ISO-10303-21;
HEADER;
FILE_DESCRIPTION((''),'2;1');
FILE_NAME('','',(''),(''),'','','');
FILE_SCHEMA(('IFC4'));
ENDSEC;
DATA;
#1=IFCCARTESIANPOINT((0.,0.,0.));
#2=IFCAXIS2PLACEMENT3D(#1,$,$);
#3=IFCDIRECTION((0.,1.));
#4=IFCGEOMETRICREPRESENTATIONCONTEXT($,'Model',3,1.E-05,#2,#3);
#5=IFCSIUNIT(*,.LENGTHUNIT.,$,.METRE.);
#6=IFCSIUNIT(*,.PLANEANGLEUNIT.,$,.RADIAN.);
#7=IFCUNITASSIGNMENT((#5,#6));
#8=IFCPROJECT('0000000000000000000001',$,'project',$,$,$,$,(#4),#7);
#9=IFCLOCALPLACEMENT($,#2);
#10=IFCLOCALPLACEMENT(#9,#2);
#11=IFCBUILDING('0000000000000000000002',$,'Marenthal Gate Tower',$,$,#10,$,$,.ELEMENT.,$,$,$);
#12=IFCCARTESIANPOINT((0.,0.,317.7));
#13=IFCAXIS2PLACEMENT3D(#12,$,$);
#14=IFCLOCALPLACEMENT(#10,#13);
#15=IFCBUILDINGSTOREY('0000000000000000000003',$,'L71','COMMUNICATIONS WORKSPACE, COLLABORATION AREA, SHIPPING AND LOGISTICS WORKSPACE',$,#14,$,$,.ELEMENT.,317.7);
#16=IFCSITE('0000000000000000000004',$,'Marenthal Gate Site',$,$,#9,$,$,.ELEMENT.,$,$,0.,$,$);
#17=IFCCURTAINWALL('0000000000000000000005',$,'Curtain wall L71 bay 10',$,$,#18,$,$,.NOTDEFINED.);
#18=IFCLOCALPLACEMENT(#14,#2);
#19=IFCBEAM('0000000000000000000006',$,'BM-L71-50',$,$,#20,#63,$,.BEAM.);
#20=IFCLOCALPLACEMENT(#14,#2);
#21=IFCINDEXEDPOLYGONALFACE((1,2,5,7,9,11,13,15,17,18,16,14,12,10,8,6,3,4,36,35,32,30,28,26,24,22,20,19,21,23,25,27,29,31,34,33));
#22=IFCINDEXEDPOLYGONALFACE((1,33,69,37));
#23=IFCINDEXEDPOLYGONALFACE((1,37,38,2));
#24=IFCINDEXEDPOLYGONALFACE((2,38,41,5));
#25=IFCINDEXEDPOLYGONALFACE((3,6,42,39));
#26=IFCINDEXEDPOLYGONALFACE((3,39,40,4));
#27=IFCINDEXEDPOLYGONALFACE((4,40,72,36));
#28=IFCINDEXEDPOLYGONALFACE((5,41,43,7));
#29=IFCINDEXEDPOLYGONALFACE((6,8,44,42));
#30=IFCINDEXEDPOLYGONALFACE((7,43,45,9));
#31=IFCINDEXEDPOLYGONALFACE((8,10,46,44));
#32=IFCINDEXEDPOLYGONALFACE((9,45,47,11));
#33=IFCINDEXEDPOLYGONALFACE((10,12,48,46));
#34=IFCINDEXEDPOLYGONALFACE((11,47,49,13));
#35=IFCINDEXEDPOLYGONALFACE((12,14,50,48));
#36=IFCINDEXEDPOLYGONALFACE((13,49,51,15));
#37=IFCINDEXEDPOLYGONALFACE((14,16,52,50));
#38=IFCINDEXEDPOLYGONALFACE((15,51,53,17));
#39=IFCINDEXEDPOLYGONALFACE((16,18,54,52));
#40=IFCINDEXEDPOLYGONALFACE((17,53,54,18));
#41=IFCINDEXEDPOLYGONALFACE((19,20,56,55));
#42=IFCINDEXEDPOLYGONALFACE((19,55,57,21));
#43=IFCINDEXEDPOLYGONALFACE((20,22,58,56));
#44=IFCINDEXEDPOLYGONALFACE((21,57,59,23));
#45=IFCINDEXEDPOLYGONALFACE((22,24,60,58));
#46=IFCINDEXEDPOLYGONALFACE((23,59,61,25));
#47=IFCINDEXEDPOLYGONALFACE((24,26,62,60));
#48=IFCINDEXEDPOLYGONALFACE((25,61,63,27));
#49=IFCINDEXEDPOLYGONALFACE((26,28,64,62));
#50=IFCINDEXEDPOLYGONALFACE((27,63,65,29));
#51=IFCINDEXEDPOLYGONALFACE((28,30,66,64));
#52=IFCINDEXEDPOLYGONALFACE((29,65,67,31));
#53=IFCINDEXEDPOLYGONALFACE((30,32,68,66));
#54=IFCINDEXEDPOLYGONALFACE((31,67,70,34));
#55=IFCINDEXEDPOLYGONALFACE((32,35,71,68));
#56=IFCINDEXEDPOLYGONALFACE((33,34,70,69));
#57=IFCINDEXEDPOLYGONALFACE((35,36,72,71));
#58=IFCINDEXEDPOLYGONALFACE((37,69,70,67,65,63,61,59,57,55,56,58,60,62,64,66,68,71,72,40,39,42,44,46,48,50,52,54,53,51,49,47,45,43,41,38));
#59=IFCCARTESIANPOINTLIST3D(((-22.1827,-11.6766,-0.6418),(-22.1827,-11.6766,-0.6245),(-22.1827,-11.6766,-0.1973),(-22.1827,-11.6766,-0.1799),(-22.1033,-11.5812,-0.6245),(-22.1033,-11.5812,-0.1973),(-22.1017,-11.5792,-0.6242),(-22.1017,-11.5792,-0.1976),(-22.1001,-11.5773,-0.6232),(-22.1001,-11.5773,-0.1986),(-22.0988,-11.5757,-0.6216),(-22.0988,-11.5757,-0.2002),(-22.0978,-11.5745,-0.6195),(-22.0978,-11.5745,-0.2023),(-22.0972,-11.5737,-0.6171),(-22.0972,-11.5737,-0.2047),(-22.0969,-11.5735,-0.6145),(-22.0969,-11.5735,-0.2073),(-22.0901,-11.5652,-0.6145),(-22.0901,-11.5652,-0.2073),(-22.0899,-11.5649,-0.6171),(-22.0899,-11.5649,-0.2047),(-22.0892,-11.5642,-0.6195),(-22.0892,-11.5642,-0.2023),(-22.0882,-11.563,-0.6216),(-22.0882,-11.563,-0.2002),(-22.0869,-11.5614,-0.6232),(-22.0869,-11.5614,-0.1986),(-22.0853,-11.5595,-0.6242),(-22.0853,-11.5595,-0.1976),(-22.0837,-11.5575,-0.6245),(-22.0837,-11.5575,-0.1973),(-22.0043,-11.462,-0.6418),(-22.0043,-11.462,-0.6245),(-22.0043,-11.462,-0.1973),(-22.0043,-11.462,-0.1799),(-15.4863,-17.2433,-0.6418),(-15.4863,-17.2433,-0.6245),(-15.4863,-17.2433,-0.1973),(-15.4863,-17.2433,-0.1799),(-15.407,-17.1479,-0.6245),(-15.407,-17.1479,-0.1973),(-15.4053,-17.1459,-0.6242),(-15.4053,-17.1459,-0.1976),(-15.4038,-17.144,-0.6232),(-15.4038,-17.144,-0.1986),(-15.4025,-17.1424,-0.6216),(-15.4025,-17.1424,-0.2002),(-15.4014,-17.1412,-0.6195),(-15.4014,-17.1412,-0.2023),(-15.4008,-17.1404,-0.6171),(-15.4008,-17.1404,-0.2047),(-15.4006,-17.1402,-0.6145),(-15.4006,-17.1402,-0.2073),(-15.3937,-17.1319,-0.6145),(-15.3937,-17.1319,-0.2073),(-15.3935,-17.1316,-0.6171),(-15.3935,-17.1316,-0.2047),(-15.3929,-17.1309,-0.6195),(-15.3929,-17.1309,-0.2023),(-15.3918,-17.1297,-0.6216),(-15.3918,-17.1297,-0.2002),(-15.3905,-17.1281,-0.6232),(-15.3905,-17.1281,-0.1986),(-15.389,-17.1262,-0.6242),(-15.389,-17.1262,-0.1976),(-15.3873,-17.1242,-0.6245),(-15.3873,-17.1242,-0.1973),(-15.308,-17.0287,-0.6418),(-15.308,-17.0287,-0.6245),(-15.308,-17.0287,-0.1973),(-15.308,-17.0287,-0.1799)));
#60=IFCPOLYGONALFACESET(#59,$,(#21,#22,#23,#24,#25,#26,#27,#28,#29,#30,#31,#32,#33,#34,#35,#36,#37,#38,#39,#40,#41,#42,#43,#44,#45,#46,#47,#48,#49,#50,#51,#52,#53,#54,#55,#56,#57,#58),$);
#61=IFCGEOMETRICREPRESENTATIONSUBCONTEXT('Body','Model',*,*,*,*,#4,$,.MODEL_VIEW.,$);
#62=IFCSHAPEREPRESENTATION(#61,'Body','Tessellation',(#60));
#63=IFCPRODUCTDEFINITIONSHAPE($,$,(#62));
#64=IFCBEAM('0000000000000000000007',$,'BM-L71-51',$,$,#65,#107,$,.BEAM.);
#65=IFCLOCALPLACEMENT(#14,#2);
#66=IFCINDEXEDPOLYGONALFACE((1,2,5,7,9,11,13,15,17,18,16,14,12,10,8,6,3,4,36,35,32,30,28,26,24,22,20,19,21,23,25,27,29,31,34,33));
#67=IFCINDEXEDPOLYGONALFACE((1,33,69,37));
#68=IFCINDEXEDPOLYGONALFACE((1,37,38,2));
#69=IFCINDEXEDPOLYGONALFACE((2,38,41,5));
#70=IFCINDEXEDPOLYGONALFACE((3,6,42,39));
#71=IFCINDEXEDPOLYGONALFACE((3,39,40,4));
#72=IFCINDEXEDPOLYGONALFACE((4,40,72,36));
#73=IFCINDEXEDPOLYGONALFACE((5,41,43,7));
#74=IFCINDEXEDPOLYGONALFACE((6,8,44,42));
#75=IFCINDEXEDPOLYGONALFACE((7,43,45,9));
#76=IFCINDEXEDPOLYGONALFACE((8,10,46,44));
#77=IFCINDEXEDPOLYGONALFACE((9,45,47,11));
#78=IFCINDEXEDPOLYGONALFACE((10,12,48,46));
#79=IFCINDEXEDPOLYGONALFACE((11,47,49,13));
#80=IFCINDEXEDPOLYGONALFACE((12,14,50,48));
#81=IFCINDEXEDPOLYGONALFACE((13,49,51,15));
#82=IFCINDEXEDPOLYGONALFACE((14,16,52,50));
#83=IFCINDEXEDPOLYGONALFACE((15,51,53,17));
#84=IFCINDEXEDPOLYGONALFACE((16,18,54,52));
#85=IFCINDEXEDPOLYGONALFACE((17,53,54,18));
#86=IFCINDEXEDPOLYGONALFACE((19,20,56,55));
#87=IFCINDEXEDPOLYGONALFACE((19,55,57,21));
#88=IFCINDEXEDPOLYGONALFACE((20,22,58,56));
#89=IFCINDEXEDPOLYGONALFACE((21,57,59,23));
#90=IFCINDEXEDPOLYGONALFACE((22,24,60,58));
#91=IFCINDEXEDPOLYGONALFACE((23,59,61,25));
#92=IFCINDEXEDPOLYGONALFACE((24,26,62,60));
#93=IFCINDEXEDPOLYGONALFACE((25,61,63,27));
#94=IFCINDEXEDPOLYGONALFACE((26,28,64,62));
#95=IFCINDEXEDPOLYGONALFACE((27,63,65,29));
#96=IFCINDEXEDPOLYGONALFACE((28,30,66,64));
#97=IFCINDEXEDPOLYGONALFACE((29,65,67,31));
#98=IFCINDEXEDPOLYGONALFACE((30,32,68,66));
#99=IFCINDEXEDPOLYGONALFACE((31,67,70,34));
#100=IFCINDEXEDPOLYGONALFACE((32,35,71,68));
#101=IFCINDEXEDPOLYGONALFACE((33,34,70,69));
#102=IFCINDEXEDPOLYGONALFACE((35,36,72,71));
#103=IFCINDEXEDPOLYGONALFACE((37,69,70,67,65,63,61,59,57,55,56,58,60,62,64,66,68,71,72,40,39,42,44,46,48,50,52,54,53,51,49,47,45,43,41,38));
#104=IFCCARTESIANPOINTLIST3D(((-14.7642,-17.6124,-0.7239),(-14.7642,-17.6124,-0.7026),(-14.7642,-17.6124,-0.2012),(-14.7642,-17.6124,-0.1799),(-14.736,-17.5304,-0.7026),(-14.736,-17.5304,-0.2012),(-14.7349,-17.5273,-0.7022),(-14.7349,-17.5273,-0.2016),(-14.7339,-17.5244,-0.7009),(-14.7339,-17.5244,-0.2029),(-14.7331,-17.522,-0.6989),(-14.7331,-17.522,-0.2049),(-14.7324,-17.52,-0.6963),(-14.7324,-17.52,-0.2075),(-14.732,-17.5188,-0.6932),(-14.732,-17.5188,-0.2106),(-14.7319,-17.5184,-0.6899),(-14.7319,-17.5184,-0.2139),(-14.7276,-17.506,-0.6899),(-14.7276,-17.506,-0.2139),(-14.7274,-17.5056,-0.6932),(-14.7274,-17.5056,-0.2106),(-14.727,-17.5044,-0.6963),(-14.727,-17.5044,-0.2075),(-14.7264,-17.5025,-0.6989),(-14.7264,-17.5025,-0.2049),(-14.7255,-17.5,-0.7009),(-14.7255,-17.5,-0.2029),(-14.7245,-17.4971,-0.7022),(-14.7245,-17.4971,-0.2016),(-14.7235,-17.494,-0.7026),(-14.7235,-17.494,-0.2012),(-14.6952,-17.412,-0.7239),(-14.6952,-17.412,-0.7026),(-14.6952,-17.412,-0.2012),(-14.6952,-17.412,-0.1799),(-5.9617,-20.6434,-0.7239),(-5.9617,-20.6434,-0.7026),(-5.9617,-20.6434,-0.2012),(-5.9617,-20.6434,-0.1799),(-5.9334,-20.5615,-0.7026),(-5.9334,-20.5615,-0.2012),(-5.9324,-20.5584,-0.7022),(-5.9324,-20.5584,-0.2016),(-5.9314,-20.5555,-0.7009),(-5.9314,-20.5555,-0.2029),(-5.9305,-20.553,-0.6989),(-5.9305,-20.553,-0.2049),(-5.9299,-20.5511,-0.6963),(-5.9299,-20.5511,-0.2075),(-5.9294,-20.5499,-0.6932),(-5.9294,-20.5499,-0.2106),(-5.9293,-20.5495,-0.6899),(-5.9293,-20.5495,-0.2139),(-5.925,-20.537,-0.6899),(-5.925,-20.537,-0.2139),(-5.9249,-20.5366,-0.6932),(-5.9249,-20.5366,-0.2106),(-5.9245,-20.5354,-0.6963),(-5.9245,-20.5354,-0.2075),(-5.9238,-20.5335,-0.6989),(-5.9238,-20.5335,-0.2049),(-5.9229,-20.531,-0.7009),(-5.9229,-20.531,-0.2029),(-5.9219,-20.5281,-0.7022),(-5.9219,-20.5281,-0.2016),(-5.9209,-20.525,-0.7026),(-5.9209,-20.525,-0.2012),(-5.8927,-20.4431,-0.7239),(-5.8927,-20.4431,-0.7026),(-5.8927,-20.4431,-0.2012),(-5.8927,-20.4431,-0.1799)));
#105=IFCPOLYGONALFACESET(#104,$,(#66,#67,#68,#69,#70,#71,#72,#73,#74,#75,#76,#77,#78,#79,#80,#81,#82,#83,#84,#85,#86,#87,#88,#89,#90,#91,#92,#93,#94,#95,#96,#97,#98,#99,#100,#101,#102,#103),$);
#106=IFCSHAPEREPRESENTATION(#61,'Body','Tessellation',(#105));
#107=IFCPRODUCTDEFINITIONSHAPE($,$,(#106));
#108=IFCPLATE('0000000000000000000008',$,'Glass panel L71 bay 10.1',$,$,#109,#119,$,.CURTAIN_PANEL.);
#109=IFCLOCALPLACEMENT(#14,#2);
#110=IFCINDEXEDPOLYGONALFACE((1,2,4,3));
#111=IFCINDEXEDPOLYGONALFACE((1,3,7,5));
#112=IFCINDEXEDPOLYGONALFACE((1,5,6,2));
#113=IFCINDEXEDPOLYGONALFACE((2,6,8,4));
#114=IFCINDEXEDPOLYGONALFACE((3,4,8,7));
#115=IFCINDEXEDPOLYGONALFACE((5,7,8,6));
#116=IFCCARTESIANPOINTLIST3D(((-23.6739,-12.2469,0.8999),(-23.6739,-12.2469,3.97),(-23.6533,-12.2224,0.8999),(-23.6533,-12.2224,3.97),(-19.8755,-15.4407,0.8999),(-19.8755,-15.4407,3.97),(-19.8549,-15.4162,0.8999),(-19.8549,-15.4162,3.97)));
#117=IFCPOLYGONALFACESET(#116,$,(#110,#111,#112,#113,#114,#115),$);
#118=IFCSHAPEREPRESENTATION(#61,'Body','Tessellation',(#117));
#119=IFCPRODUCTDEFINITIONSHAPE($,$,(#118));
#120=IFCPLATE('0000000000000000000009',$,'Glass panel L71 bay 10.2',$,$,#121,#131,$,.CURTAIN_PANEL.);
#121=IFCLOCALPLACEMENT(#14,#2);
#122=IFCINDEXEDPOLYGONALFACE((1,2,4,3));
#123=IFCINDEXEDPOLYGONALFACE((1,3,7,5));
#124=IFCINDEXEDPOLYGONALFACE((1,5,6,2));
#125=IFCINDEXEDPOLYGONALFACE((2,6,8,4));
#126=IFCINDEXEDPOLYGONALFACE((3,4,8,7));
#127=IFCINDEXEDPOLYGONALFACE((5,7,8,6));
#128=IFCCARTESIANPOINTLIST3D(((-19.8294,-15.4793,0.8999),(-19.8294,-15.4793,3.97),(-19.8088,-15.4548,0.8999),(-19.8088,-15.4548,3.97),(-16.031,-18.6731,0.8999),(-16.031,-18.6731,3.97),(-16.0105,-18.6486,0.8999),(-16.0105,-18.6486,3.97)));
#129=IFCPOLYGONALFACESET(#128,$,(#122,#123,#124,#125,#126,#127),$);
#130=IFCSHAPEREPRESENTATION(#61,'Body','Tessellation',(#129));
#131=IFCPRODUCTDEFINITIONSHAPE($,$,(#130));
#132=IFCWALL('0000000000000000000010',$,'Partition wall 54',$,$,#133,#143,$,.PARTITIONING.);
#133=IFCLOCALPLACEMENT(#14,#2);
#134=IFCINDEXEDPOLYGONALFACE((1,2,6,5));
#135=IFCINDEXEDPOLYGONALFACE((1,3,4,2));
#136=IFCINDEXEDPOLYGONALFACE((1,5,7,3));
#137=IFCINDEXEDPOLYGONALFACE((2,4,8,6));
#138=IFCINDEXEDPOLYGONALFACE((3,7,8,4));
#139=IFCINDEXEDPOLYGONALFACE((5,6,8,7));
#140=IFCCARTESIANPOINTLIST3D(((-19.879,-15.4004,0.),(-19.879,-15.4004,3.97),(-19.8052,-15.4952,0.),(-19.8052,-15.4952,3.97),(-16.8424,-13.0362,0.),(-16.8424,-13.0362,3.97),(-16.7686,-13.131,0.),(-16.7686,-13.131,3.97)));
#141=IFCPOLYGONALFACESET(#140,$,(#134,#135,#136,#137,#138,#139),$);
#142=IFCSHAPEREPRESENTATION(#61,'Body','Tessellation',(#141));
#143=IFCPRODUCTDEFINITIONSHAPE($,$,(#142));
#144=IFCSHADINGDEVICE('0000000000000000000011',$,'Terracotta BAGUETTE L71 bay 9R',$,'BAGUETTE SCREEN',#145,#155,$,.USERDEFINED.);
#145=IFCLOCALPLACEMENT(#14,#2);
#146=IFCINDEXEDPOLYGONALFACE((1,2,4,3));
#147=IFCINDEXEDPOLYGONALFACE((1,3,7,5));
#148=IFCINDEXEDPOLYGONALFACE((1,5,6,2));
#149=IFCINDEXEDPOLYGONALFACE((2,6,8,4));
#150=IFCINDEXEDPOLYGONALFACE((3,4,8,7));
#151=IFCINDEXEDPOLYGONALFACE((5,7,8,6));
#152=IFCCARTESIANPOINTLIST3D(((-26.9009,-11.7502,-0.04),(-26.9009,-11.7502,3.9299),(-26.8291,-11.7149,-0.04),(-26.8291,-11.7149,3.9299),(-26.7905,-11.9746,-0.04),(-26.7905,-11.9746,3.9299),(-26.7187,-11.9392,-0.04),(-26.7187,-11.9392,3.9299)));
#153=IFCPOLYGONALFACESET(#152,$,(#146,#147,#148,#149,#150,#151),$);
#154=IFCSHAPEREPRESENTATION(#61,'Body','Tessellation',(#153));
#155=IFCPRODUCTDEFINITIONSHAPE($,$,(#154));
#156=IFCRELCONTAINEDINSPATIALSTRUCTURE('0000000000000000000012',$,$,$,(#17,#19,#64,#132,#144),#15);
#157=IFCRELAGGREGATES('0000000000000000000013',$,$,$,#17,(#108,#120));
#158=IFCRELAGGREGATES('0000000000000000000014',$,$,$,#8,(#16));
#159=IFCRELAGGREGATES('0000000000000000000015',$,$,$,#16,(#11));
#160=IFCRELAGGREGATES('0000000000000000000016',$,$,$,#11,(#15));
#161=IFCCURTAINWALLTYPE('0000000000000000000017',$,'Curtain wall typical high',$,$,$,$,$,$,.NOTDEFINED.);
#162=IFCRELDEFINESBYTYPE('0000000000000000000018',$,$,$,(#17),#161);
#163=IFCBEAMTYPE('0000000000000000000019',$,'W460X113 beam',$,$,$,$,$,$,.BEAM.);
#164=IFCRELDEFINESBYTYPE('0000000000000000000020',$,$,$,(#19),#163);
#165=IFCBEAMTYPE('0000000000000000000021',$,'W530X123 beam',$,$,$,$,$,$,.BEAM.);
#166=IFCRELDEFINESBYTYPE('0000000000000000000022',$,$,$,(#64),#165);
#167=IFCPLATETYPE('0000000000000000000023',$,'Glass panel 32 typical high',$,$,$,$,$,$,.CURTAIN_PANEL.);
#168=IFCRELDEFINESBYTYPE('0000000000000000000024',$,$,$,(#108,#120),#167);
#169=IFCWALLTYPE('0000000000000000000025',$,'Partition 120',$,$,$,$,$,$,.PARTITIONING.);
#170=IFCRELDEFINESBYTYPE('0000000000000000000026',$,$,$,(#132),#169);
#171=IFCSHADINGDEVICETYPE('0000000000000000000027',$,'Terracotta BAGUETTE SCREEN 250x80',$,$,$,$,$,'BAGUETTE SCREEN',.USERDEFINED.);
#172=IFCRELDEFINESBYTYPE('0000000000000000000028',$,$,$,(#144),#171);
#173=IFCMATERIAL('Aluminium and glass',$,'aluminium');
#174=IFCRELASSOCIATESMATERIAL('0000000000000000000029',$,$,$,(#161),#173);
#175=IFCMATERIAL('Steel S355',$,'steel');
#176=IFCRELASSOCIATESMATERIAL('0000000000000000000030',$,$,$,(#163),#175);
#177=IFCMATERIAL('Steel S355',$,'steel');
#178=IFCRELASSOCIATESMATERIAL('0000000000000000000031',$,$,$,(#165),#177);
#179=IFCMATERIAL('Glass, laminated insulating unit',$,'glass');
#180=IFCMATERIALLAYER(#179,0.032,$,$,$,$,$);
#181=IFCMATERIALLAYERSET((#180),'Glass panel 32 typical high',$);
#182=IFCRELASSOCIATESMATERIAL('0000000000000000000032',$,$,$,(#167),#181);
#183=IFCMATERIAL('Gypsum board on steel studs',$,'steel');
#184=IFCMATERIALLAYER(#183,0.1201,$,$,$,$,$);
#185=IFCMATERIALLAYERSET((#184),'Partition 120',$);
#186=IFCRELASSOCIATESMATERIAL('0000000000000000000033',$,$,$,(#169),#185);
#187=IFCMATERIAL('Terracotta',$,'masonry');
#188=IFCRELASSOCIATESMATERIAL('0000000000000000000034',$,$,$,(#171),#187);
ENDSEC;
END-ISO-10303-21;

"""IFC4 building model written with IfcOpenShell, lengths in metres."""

from ifc_helpers import new_model, si_unit, direction, frame, frame_2d, origin, origin_2d, place, context, subcontext, project, spatial, rectangle, i_section, extrude, material, layer, layer_set, material_profile, profile_set, type_object, element, aggregate, save


model = new_model("IFC4")

# Units and contexts
model_context = context("Model", 3, precision=1e-05, world=origin(), true_north=direction((0.0, 1.0)))
body_context = subcontext(model_context, "Body", "Model", "MODEL_VIEW")
ifc_project = project(units=[si_unit("LENGTHUNIT", "METRE"), si_unit("PLANEANGLEUNIT", "RADIAN")], contexts=[model_context])

# Site, building, storey
site_placement = place(None, origin())
site = spatial("IfcSite", under=ifc_project, at=site_placement, Name="Marenthal Gate Site", CompositionType="ELEMENT", RefElevation=0.0)
building_placement = place(site_placement, origin())
building = spatial("IfcBuilding", under=site, at=building_placement, Name="Marenthal Gate Tower", CompositionType="ELEMENT")
storey_placement = place(building_placement, frame((0.0, 0.0, 317.7)))
storey = spatial("IfcBuildingStorey", under=building, at=storey_placement, Name="L71", Description="COMMUNICATIONS WORKSPACE, COLLABORATION AREA, SHIPPING AND LOGISTICS WORKSPACE", CompositionType="ELEMENT", Elevation=317.7)

# Curtain wall
ifc_material_1 = material(Name="Aluminium and glass", Category="aluminium")
curtain_wall_type = type_object("IfcCurtainWallType", Name="Curtain wall typical high", PredefinedType="NOTDEFINED", material=ifc_material_1)
curtain_wall_placement = place(storey_placement, origin())
curtain_wall = element("IfcCurtainWall", 1, at=curtain_wall_placement, inside=storey, type_object=curtain_wall_type, Name="Curtain wall L71 bay 10", PredefinedType="NOTDEFINED")

# Beams
ifc_material_2 = material(Name="Steel S355", Category="steel")
ifc_material_profile_1 = material_profile(ifc_material_2, i_section(OverallWidth=0.2791, OverallDepth=0.4619, WebThickness=0.0107, FlangeThickness=0.0173, FilletRadius=0.01, at=origin_2d()), Name="W460X113")
ifc_profile_set_1 = profile_set([ifc_material_profile_1], Name="Steel S355")
beam_type_1 = type_object("IfcBeamType", Name="W460X113 beam", PredefinedType="BEAM", material=ifc_profile_set_1)
beam_1_placement = place(storey_placement, frame((-22.0935, -11.5693, -0.4109), z_axis=(0.768988, -0.639263, 0.0), x_axis=(0.639263, 0.768988, 0.0)))
element("IfcBeam", 2, at=beam_1_placement, inside=storey, type_object=beam_type_1, Name="BM-L71-50", PredefinedType="BEAM", context=body_context, shape_type="SweptSolid", body=[
    extrude(i_section(OverallWidth=0.2791, OverallDepth=0.4619, WebThickness=0.0107, FlangeThickness=0.0173, FilletRadius=0.01, at=origin_2d()), origin(), (0.0, 0.0, 1.0), 8.708),
])
ifc_material_3 = material(Name="Steel S355", Category="steel")
ifc_material_profile_2 = material_profile(ifc_material_3, i_section(OverallWidth=0.2119, OverallDepth=0.5439, WebThickness=0.0132, FlangeThickness=0.0212, FilletRadius=0.0127, at=origin_2d()), Name="W530X123")
ifc_profile_set_2 = profile_set([ifc_material_profile_2], Name="Steel S355")
beam_type_2 = type_object("IfcBeamType", Name="W530X123 beam", PredefinedType="BEAM", material=ifc_profile_set_2)
beam_2_placement = place(storey_placement, frame((-14.7297, -17.5122, -0.4519), z_axis=(0.945516, -0.325574, 0.0), x_axis=(0.325574, 0.945516, 0.0)))
element("IfcBeam", 3, at=beam_2_placement, inside=storey, type_object=beam_type_2, Name="BM-L71-51", PredefinedType="BEAM", context=body_context, shape_type="SweptSolid", body=[
    extrude(i_section(OverallWidth=0.2119, OverallDepth=0.5439, WebThickness=0.0132, FlangeThickness=0.0212, FilletRadius=0.0127, at=origin_2d()), origin(), (0.0, 0.0, 1.0), 9.3098),
])

# Plates
ifc_material_4 = material(Name="Glass, laminated insulating unit", Category="glass")
ifc_layer_1 = layer(ifc_material_4, 0.032)
ifc_layer_set_1 = layer_set([ifc_layer_1], Name="Glass panel 32 typical high")
plate_type = type_object("IfcPlateType", Name="Glass panel 32 typical high", PredefinedType="CURTAIN_PANEL", material=ifc_layer_set_1)
plate_1_placement = place(storey_placement, frame((-21.7644, -13.8315, 0.8999), z_axis=(0.0, 0.0, 1.0), x_axis=(0.765387, -0.64357, 0.0)))
plate_1 = element("IfcPlate", 4, at=plate_1_placement, type_object=plate_type, Name="Glass panel L71 bay 10.1", PredefinedType="CURTAIN_PANEL", context=body_context, shape_type="SweptSolid", body=[
    extrude(rectangle(XDim=4.9626, YDim=0.032, at=origin_2d()), origin(), (0.0, 0.0, 1.0), 3.0701),
])
plate_2_placement = place(storey_placement, frame((-17.9199, -17.064, 0.8999), z_axis=(0.0, 0.0, 1.0), x_axis=(0.765387, -0.64357, 0.0)))
plate_2 = element("IfcPlate", 5, at=plate_2_placement, type_object=plate_type, Name="Glass panel L71 bay 10.2", PredefinedType="CURTAIN_PANEL", context=body_context, shape_type="SweptSolid", body=[
    extrude(rectangle(XDim=4.9626, YDim=0.032, at=origin_2d()), origin(), (0.0, 0.0, 1.0), 3.0701),
])
aggregate(curtain_wall, [plate_1, plate_2])

# Wall
ifc_material_5 = material(Name="Gypsum board on steel studs", Category="steel")
ifc_layer_2 = layer(ifc_material_5, 0.1201)
ifc_layer_set_2 = layer_set([ifc_layer_2], Name="Partition 120")
wall_type_1 = type_object("IfcWallType", Name="Partition 120", PredefinedType="PARTITIONING", material=ifc_layer_set_2)
wall_1_placement = place(storey_placement, frame((-16.8054, -13.0835, 0.0), z_axis=(0.0, 0.0, 1.0), x_axis=(-0.789045, -0.614336, 0.0)))
element("IfcWall", 6, at=wall_1_placement, inside=storey, type_object=wall_type_1, Name="Partition wall 54", PredefinedType="PARTITIONING", context=body_context, shape_type="SweptSolid", body=[
    extrude(rectangle(XDim=3.8484, YDim=0.1201, at=frame_2d((1.9243, 0.0))), origin(), (0.0, 0.0, 1.0), 3.97),
])

# Shading device
ifc_material_6 = material(Name="Terracotta", Category="masonry")
ifc_material_profile_3 = material_profile(ifc_material_6, rectangle(XDim=0.25, YDim=0.0801, at=origin_2d()), Name="Terracotta baguette 250x80")
ifc_profile_set_3 = profile_set([ifc_material_profile_3], Name="Terracotta")
shading_device_type = type_object("IfcShadingDeviceType", Name="Terracotta BAGUETTE SCREEN 250x80", ElementType="BAGUETTE SCREEN", PredefinedType="USERDEFINED", material=ifc_profile_set_3)
shading_device_placement = place(storey_placement, frame((-26.8098, -11.8447, -0.04), z_axis=(0.0, 0.0, 1.0), x_axis=(0.441518, -0.897253, 0.0)))
element("IfcShadingDevice", 7, at=shading_device_placement, inside=storey, type_object=shading_device_type, Name="Terracotta BAGUETTE L71 bay 9R", ObjectType="BAGUETTE SCREEN", PredefinedType="USERDEFINED", context=body_context, shape_type="SweptSolid", body=[
    extrude(rectangle(XDim=0.25, YDim=0.0801, at=origin_2d()), origin(), (0.0, 0.0, 1.0), 3.97),
])

save(model, "model.ifc")
